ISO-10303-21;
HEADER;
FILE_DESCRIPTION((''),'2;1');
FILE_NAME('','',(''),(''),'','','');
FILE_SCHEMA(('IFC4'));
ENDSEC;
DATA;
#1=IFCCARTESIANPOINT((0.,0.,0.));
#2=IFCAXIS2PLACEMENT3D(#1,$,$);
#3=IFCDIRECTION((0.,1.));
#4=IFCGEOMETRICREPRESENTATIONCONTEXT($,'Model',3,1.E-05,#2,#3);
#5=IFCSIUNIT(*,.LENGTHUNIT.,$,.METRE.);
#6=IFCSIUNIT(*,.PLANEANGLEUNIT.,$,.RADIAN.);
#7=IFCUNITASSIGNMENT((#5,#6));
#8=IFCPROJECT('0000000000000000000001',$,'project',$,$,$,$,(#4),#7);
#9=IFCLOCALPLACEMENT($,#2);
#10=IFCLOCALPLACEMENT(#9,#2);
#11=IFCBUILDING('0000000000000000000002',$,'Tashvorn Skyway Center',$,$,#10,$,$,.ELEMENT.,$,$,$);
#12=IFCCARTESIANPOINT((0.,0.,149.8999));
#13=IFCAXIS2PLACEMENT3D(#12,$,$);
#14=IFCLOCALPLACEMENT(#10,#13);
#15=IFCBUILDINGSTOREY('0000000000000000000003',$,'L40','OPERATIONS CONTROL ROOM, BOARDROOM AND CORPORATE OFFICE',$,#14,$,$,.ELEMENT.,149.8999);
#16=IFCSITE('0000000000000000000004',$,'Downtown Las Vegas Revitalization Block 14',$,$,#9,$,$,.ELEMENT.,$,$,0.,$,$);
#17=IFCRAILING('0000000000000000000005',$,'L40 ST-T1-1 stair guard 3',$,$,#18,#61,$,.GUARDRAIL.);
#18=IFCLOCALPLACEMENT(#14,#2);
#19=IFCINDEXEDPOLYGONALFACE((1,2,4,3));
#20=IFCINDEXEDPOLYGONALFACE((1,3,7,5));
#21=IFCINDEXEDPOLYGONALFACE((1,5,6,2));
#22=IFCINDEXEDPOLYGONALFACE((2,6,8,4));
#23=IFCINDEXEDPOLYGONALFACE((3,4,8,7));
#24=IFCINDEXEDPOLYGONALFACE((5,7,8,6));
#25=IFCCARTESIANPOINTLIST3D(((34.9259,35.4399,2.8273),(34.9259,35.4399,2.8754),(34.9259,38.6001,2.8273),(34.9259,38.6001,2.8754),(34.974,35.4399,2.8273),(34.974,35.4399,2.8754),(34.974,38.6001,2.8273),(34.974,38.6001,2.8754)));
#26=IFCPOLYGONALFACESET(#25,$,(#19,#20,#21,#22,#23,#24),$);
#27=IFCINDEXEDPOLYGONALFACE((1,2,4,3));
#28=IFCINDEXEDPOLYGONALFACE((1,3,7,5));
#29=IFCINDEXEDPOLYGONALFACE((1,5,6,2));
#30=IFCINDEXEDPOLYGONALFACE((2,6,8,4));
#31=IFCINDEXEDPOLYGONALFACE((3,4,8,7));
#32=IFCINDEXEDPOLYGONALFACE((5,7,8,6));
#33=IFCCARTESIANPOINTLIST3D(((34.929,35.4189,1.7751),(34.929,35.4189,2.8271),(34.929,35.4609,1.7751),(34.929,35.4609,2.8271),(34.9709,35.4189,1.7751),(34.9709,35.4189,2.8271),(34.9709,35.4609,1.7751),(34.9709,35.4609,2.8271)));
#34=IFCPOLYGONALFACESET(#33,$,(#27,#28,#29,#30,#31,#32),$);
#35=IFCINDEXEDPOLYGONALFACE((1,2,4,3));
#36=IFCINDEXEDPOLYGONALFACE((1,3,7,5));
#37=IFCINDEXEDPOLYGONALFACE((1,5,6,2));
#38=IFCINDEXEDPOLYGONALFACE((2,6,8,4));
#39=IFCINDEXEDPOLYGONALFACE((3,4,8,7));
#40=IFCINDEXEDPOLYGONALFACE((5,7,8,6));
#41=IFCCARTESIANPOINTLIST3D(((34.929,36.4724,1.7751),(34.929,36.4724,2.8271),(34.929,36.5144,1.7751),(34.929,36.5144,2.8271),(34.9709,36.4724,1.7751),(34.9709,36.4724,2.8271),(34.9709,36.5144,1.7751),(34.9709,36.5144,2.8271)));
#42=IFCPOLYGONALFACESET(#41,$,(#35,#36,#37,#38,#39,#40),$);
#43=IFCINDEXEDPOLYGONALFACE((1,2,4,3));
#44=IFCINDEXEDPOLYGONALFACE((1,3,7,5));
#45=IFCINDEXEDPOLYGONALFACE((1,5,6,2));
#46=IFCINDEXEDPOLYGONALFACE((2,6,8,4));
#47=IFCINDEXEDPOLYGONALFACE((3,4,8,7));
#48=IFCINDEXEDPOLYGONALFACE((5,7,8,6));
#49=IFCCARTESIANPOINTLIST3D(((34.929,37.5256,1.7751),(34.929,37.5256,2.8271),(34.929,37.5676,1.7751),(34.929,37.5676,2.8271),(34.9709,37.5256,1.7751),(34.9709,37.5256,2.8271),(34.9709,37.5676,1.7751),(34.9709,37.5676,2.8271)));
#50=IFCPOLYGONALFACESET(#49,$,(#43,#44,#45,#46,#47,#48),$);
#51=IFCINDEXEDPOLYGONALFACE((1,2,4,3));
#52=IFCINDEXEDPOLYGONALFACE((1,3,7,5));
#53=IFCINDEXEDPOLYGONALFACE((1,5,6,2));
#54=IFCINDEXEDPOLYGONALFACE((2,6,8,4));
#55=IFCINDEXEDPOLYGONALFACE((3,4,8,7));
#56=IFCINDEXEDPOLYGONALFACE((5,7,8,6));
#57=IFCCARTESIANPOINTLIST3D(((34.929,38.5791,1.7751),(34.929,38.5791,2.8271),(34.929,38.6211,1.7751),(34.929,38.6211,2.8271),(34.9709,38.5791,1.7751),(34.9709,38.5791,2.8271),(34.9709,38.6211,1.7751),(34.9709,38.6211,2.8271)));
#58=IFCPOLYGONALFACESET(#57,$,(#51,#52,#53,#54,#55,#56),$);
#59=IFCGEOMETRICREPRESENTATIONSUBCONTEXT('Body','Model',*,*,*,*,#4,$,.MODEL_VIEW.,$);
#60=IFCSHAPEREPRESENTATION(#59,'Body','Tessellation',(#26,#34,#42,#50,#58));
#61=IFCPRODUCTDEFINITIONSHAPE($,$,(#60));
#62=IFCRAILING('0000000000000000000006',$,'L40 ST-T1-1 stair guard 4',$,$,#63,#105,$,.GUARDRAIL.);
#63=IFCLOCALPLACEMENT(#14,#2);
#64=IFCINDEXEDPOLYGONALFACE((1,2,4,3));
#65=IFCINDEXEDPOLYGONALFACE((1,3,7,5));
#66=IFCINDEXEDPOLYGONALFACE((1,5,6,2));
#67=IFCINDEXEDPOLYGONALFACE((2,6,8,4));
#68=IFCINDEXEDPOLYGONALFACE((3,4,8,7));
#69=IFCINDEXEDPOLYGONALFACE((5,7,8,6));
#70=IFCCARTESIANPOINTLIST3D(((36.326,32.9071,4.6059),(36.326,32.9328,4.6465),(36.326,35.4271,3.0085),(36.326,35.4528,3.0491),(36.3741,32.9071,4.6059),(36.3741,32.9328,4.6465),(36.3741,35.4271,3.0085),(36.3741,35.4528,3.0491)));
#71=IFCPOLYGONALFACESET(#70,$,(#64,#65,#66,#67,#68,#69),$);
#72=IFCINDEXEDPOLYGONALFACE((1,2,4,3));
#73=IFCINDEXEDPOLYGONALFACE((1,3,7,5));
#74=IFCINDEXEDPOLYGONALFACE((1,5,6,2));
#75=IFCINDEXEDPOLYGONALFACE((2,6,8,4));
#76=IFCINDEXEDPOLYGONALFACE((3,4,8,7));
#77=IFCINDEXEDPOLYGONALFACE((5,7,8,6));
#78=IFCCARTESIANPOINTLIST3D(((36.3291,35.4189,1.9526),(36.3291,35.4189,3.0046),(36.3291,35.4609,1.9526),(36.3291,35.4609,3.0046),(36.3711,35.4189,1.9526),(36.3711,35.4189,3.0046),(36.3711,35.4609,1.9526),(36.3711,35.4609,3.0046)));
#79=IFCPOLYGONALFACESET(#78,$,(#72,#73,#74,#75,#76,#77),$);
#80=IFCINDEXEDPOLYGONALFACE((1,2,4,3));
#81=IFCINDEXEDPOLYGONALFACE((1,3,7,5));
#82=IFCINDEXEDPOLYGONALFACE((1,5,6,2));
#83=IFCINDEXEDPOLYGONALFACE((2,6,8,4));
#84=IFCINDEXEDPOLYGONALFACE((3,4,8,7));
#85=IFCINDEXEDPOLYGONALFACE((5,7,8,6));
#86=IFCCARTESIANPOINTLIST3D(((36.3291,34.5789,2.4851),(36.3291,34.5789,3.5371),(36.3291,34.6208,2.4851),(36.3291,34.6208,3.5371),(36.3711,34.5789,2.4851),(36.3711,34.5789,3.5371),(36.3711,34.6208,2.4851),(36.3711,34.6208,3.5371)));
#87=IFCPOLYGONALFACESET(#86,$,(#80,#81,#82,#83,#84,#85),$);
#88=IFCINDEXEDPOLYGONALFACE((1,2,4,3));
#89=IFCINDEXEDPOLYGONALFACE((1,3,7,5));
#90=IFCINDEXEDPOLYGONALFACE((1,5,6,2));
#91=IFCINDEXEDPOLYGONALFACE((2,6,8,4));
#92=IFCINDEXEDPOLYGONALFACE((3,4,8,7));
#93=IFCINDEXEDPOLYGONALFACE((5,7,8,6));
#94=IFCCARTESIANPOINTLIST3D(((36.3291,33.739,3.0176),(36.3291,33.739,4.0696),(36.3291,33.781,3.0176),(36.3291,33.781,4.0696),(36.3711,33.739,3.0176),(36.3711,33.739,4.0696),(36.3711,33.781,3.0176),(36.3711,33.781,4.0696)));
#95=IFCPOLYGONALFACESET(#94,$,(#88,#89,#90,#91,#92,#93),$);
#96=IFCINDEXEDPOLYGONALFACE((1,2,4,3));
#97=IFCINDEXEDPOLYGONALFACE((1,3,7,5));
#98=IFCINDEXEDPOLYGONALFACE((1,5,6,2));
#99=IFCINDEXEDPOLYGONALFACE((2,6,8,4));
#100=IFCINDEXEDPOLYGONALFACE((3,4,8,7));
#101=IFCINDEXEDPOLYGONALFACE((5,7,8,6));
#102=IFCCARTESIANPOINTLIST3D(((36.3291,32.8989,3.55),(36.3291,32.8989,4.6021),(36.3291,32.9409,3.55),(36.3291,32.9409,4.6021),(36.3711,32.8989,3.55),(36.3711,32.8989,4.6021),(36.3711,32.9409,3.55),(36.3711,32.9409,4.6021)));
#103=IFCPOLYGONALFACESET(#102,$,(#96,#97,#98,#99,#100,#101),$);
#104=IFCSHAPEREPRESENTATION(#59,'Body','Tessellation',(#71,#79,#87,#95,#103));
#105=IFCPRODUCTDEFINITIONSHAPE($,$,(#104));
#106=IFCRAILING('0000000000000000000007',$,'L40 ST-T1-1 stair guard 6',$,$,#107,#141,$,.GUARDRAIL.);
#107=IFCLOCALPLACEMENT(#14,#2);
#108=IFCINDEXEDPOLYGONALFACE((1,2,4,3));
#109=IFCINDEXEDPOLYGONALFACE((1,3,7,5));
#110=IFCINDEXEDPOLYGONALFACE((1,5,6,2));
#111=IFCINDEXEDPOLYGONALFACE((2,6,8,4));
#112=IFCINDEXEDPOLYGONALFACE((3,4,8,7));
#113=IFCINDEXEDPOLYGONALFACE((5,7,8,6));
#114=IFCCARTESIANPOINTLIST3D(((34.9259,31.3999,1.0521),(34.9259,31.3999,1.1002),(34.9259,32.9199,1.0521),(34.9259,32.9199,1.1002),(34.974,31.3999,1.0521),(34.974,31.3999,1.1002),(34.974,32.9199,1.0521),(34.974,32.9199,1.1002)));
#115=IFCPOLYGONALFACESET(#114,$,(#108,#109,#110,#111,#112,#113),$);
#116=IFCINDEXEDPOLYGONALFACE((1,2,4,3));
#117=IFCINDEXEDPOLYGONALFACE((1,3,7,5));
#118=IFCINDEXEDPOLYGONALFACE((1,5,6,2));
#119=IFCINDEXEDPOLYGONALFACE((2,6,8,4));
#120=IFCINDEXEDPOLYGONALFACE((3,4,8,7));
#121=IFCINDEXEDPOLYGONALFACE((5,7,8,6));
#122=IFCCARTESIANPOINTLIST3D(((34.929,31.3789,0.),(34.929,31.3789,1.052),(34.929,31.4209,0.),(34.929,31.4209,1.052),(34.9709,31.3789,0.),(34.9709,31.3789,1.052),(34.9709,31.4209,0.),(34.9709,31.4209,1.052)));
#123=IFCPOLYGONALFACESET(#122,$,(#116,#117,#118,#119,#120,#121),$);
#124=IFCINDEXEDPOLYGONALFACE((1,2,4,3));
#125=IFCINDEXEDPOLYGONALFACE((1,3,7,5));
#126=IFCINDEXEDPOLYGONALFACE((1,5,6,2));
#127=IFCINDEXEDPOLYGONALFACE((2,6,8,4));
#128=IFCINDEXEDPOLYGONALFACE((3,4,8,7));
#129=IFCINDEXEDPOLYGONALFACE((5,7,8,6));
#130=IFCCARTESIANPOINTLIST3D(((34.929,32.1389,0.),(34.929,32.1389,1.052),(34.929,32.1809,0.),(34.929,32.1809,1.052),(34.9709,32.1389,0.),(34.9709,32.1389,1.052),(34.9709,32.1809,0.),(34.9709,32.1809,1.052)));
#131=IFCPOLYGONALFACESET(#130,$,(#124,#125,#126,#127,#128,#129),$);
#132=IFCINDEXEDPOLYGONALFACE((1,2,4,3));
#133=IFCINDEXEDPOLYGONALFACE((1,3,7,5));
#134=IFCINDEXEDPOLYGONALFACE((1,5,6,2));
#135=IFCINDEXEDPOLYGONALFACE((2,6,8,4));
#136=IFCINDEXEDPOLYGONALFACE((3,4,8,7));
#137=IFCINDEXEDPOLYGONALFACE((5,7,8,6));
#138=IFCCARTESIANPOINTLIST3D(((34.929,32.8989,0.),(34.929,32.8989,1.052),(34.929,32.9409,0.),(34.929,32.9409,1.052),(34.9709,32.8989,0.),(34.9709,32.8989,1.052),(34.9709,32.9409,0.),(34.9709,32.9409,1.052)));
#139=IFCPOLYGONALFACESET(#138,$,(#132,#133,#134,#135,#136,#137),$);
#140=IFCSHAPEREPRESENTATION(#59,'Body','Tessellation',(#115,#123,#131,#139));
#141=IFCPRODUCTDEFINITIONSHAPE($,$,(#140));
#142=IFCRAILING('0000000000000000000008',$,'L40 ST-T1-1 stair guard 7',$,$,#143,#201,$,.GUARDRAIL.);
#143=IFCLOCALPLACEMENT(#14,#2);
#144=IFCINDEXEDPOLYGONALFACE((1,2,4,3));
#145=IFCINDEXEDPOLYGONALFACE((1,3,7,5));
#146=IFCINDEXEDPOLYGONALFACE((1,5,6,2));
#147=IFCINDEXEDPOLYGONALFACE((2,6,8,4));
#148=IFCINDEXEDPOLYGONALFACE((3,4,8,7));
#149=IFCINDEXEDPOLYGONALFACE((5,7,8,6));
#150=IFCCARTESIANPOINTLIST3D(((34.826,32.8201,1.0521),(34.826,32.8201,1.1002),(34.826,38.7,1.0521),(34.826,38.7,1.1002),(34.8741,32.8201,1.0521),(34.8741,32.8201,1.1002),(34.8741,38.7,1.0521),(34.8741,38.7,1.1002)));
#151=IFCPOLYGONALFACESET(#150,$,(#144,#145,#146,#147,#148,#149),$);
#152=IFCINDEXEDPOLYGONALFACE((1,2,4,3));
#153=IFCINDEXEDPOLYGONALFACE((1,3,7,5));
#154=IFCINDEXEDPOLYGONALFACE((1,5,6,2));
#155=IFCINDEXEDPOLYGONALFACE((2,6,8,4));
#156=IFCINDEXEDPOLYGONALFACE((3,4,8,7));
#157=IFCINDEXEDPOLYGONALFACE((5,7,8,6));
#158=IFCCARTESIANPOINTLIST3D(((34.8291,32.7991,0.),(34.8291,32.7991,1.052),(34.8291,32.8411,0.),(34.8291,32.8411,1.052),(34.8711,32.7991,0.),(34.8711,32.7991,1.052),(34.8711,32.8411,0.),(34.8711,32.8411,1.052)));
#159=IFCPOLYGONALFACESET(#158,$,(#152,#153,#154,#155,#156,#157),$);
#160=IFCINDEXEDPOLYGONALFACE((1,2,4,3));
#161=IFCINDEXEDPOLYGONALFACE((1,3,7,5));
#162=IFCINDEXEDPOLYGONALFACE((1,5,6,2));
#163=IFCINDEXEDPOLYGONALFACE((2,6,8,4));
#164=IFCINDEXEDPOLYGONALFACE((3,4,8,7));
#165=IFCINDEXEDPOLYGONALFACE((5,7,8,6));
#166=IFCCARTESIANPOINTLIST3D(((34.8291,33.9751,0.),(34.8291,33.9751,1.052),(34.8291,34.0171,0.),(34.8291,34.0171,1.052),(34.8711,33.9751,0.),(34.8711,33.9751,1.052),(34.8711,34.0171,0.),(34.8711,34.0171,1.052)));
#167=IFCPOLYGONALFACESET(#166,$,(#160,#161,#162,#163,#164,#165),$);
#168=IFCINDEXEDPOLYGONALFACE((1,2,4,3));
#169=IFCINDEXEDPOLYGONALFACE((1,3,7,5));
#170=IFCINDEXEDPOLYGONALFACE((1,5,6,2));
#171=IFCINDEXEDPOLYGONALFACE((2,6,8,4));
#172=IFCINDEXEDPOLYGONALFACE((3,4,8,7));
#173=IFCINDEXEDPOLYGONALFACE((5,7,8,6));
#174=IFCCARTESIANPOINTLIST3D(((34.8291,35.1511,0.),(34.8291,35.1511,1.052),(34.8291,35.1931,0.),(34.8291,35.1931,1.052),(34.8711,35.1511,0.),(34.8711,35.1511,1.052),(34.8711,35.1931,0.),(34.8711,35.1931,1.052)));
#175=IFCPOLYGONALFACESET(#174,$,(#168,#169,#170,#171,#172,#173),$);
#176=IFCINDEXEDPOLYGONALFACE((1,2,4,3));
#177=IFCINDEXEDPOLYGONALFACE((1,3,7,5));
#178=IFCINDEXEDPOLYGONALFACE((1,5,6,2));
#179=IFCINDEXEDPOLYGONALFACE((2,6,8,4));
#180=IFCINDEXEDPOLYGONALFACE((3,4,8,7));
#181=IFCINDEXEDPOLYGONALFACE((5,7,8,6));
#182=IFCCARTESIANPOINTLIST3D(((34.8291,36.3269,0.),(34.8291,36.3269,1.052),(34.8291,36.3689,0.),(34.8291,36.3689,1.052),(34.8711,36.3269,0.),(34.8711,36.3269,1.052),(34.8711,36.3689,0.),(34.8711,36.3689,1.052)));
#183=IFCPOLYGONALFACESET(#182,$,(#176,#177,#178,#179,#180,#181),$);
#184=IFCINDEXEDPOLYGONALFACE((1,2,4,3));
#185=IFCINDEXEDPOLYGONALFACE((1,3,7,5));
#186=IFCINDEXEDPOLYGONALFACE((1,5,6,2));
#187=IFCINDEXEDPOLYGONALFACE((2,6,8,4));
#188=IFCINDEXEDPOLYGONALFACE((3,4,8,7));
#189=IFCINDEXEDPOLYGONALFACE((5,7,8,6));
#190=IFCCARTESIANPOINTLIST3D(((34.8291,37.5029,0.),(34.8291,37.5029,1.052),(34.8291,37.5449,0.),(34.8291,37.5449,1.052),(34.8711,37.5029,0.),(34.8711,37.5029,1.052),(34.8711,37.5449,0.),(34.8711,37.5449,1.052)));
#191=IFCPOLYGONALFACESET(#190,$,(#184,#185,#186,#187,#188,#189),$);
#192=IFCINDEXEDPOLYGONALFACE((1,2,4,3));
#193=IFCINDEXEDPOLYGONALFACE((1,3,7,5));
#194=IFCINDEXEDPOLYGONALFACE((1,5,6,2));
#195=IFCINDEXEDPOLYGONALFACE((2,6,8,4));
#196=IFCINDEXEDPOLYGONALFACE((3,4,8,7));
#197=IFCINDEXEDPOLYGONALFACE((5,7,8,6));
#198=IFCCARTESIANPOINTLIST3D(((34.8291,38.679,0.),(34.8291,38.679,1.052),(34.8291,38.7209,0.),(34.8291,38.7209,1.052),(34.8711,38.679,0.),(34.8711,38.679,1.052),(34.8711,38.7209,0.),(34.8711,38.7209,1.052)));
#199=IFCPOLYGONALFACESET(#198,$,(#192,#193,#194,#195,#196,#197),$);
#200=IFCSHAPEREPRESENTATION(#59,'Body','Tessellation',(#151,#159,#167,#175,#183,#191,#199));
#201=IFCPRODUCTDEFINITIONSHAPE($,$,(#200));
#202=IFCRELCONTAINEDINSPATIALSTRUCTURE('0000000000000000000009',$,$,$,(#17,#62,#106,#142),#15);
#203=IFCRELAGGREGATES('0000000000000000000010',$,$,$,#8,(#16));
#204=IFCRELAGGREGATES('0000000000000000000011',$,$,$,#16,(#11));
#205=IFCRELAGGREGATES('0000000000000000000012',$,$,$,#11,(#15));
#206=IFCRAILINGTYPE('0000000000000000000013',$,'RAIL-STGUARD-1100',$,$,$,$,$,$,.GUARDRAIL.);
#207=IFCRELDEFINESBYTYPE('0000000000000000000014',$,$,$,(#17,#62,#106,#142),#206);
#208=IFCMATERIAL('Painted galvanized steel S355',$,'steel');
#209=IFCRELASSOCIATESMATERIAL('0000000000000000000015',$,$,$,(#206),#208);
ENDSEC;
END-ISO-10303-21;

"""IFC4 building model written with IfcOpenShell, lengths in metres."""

from ifc_helpers import new_model, si_unit, direction, frame, origin, origin_2d, place, context, subcontext, project, spatial, rectangle, extrude, material, type_object, element, save


model = new_model("IFC4")

# Units and contexts
model_context = context("Model", 3, precision=1e-05, world=origin(), true_north=direction((0.0, 1.0)))
body_context = subcontext(model_context, "Body", "Model", "MODEL_VIEW")
ifc_project = project(units=[si_unit("LENGTHUNIT", "METRE"), si_unit("PLANEANGLEUNIT", "RADIAN")], contexts=[model_context])

# Site, building, storey
site_placement = place(None, origin())
site = spatial("IfcSite", under=ifc_project, at=site_placement, Name="Downtown Las Vegas Revitalization Block 14", CompositionType="ELEMENT", RefElevation=0.0)
building_placement = place(site_placement, origin())
building = spatial("IfcBuilding", under=site, at=building_placement, Name="Tashvorn Skyway Center", CompositionType="ELEMENT")
storey_placement = place(building_placement, frame((0.0, 0.0, 149.8999)))
storey = spatial("IfcBuildingStorey", under=building, at=storey_placement, Name="L40", Description="OPERATIONS CONTROL ROOM, BOARDROOM AND CORPORATE OFFICE", CompositionType="ELEMENT", Elevation=149.8999)

# Railings
ifc_material_1 = material(Name="Painted galvanized steel S355", Category="steel")
railing_type_1 = type_object("IfcRailingType", Name="RAIL-STGUARD-1100", PredefinedType="GUARDRAIL", material=ifc_material_1)
railing_1_placement = place(storey_placement, frame((34.95, 35.4399, 1.7751)))
element("IfcRailing", 1, at=railing_1_placement, inside=storey, type_object=railing_type_1, Name="L40 ST-T1-1 stair guard 3", PredefinedType="GUARDRAIL", context=body_context, shape_type="SweptSolid", body=[
    extrude(rectangle(XDim=0.0481, YDim=0.0481, at=origin_2d()), frame((0.0, 0.0, 1.0762), z_axis=(0.0, 1.0, 0.0), x_axis=(-1.0, 0.0, 0.0)), (0.0, 0.0, 1.0), 3.1602),
    extrude(rectangle(XDim=0.042, YDim=0.042, at=origin_2d()), origin(), (0.0, 0.0, 1.0), 1.052),
    extrude(rectangle(XDim=0.042, YDim=0.042, at=origin_2d()), frame((0.0, 1.0535, 0.0)), (0.0, 0.0, 1.0), 1.052),
    extrude(rectangle(XDim=0.042, YDim=0.042, at=origin_2d()), frame((0.0, 2.1067, 0.0)), (0.0, 0.0, 1.0), 1.052),
    extrude(rectangle(XDim=0.042, YDim=0.042, at=origin_2d()), frame((0.0, 3.1602, 0.0)), (0.0, 0.0, 1.0), 1.052),
])
railing_2_placement = place(storey_placement, frame((36.3501, 35.4399, 1.9526)))
element("IfcRailing", 2, at=railing_2_placement, inside=storey, type_object=railing_type_1, Name="L40 ST-T1-1 stair guard 4", PredefinedType="GUARDRAIL", context=body_context, shape_type="SweptSolid", body=[
    extrude(rectangle(XDim=0.0481, YDim=0.0481, at=origin_2d()), frame((0.0, 0.0, 1.0762), z_axis=(0.0, -0.844607, 0.535387), x_axis=(1.0, 0.0, 0.0)), (0.0, 0.0, 1.0), 2.9836),
    extrude(rectangle(XDim=0.042, YDim=0.042, at=origin_2d()), origin(), (0.0, 0.0, 1.0), 1.052),
    extrude(rectangle(XDim=0.042, YDim=0.042, at=origin_2d()), frame((0.0, -0.8401, 0.5325)), (0.0, 0.0, 1.0), 1.052),
    extrude(rectangle(XDim=0.042, YDim=0.042, at=origin_2d()), frame((0.0, -1.6799, 1.0649)), (0.0, 0.0, 1.0), 1.052),
    extrude(rectangle(XDim=0.042, YDim=0.042, at=origin_2d()), frame((0.0, -2.52, 1.5974)), (0.0, 0.0, 1.0), 1.052),
])
railing_3_placement = place(storey_placement, frame((34.95, 31.3999, 0.0)))
element("IfcRailing", 3, at=railing_3_placement, inside=storey, type_object=railing_type_1, Name="L40 ST-T1-1 stair guard 6", PredefinedType="GUARDRAIL", context=body_context, shape_type="SweptSolid", body=[
    extrude(rectangle(XDim=0.0481, YDim=0.0481, at=origin_2d()), frame((0.0, 0.0, 1.0762), z_axis=(0.0, 1.0, 0.0), x_axis=(-1.0, 0.0, 0.0)), (0.0, 0.0, 1.0), 1.52),
    extrude(rectangle(XDim=0.042, YDim=0.042, at=origin_2d()), origin(), (0.0, 0.0, 1.0), 1.052),
    extrude(rectangle(XDim=0.042, YDim=0.042, at=origin_2d()), frame((0.0, 0.76, 0.0)), (0.0, 0.0, 1.0), 1.052),
    extrude(rectangle(XDim=0.042, YDim=0.042, at=origin_2d()), frame((0.0, 1.52, 0.0)), (0.0, 0.0, 1.0), 1.052),
])
railing_4_placement = place(storey_placement, frame((34.8501, 32.8201, 0.0)))
element("IfcRailing", 4, at=railing_4_placement, inside=storey, type_object=railing_type_1, Name="L40 ST-T1-1 stair guard 7", PredefinedType="GUARDRAIL", context=body_context, shape_type="SweptSolid", body=[
    extrude(rectangle(XDim=0.0481, YDim=0.0481, at=origin_2d()), frame((0.0, 0.0, 1.0762), z_axis=(0.0, 1.0, 0.0), x_axis=(-1.0, 0.0, 0.0)), (0.0, 0.0, 1.0), 5.8799),
    extrude(rectangle(XDim=0.042, YDim=0.042, at=origin_2d()), origin(), (0.0, 0.0, 1.0), 1.052),
    extrude(rectangle(XDim=0.042, YDim=0.042, at=origin_2d()), frame((0.0, 1.176, 0.0)), (0.0, 0.0, 1.0), 1.052),
    extrude(rectangle(XDim=0.042, YDim=0.042, at=origin_2d()), frame((0.0, 2.3521, 0.0)), (0.0, 0.0, 1.0), 1.052),
    extrude(rectangle(XDim=0.042, YDim=0.042, at=origin_2d()), frame((0.0, 3.5278, 0.0)), (0.0, 0.0, 1.0), 1.052),
    extrude(rectangle(XDim=0.042, YDim=0.042, at=origin_2d()), frame((0.0, 4.7039, 0.0)), (0.0, 0.0, 1.0), 1.052),
    extrude(rectangle(XDim=0.042, YDim=0.042, at=origin_2d()), frame((0.0, 5.8799, 0.0)), (0.0, 0.0, 1.0), 1.052),
])

save(model, "model.ifc")
